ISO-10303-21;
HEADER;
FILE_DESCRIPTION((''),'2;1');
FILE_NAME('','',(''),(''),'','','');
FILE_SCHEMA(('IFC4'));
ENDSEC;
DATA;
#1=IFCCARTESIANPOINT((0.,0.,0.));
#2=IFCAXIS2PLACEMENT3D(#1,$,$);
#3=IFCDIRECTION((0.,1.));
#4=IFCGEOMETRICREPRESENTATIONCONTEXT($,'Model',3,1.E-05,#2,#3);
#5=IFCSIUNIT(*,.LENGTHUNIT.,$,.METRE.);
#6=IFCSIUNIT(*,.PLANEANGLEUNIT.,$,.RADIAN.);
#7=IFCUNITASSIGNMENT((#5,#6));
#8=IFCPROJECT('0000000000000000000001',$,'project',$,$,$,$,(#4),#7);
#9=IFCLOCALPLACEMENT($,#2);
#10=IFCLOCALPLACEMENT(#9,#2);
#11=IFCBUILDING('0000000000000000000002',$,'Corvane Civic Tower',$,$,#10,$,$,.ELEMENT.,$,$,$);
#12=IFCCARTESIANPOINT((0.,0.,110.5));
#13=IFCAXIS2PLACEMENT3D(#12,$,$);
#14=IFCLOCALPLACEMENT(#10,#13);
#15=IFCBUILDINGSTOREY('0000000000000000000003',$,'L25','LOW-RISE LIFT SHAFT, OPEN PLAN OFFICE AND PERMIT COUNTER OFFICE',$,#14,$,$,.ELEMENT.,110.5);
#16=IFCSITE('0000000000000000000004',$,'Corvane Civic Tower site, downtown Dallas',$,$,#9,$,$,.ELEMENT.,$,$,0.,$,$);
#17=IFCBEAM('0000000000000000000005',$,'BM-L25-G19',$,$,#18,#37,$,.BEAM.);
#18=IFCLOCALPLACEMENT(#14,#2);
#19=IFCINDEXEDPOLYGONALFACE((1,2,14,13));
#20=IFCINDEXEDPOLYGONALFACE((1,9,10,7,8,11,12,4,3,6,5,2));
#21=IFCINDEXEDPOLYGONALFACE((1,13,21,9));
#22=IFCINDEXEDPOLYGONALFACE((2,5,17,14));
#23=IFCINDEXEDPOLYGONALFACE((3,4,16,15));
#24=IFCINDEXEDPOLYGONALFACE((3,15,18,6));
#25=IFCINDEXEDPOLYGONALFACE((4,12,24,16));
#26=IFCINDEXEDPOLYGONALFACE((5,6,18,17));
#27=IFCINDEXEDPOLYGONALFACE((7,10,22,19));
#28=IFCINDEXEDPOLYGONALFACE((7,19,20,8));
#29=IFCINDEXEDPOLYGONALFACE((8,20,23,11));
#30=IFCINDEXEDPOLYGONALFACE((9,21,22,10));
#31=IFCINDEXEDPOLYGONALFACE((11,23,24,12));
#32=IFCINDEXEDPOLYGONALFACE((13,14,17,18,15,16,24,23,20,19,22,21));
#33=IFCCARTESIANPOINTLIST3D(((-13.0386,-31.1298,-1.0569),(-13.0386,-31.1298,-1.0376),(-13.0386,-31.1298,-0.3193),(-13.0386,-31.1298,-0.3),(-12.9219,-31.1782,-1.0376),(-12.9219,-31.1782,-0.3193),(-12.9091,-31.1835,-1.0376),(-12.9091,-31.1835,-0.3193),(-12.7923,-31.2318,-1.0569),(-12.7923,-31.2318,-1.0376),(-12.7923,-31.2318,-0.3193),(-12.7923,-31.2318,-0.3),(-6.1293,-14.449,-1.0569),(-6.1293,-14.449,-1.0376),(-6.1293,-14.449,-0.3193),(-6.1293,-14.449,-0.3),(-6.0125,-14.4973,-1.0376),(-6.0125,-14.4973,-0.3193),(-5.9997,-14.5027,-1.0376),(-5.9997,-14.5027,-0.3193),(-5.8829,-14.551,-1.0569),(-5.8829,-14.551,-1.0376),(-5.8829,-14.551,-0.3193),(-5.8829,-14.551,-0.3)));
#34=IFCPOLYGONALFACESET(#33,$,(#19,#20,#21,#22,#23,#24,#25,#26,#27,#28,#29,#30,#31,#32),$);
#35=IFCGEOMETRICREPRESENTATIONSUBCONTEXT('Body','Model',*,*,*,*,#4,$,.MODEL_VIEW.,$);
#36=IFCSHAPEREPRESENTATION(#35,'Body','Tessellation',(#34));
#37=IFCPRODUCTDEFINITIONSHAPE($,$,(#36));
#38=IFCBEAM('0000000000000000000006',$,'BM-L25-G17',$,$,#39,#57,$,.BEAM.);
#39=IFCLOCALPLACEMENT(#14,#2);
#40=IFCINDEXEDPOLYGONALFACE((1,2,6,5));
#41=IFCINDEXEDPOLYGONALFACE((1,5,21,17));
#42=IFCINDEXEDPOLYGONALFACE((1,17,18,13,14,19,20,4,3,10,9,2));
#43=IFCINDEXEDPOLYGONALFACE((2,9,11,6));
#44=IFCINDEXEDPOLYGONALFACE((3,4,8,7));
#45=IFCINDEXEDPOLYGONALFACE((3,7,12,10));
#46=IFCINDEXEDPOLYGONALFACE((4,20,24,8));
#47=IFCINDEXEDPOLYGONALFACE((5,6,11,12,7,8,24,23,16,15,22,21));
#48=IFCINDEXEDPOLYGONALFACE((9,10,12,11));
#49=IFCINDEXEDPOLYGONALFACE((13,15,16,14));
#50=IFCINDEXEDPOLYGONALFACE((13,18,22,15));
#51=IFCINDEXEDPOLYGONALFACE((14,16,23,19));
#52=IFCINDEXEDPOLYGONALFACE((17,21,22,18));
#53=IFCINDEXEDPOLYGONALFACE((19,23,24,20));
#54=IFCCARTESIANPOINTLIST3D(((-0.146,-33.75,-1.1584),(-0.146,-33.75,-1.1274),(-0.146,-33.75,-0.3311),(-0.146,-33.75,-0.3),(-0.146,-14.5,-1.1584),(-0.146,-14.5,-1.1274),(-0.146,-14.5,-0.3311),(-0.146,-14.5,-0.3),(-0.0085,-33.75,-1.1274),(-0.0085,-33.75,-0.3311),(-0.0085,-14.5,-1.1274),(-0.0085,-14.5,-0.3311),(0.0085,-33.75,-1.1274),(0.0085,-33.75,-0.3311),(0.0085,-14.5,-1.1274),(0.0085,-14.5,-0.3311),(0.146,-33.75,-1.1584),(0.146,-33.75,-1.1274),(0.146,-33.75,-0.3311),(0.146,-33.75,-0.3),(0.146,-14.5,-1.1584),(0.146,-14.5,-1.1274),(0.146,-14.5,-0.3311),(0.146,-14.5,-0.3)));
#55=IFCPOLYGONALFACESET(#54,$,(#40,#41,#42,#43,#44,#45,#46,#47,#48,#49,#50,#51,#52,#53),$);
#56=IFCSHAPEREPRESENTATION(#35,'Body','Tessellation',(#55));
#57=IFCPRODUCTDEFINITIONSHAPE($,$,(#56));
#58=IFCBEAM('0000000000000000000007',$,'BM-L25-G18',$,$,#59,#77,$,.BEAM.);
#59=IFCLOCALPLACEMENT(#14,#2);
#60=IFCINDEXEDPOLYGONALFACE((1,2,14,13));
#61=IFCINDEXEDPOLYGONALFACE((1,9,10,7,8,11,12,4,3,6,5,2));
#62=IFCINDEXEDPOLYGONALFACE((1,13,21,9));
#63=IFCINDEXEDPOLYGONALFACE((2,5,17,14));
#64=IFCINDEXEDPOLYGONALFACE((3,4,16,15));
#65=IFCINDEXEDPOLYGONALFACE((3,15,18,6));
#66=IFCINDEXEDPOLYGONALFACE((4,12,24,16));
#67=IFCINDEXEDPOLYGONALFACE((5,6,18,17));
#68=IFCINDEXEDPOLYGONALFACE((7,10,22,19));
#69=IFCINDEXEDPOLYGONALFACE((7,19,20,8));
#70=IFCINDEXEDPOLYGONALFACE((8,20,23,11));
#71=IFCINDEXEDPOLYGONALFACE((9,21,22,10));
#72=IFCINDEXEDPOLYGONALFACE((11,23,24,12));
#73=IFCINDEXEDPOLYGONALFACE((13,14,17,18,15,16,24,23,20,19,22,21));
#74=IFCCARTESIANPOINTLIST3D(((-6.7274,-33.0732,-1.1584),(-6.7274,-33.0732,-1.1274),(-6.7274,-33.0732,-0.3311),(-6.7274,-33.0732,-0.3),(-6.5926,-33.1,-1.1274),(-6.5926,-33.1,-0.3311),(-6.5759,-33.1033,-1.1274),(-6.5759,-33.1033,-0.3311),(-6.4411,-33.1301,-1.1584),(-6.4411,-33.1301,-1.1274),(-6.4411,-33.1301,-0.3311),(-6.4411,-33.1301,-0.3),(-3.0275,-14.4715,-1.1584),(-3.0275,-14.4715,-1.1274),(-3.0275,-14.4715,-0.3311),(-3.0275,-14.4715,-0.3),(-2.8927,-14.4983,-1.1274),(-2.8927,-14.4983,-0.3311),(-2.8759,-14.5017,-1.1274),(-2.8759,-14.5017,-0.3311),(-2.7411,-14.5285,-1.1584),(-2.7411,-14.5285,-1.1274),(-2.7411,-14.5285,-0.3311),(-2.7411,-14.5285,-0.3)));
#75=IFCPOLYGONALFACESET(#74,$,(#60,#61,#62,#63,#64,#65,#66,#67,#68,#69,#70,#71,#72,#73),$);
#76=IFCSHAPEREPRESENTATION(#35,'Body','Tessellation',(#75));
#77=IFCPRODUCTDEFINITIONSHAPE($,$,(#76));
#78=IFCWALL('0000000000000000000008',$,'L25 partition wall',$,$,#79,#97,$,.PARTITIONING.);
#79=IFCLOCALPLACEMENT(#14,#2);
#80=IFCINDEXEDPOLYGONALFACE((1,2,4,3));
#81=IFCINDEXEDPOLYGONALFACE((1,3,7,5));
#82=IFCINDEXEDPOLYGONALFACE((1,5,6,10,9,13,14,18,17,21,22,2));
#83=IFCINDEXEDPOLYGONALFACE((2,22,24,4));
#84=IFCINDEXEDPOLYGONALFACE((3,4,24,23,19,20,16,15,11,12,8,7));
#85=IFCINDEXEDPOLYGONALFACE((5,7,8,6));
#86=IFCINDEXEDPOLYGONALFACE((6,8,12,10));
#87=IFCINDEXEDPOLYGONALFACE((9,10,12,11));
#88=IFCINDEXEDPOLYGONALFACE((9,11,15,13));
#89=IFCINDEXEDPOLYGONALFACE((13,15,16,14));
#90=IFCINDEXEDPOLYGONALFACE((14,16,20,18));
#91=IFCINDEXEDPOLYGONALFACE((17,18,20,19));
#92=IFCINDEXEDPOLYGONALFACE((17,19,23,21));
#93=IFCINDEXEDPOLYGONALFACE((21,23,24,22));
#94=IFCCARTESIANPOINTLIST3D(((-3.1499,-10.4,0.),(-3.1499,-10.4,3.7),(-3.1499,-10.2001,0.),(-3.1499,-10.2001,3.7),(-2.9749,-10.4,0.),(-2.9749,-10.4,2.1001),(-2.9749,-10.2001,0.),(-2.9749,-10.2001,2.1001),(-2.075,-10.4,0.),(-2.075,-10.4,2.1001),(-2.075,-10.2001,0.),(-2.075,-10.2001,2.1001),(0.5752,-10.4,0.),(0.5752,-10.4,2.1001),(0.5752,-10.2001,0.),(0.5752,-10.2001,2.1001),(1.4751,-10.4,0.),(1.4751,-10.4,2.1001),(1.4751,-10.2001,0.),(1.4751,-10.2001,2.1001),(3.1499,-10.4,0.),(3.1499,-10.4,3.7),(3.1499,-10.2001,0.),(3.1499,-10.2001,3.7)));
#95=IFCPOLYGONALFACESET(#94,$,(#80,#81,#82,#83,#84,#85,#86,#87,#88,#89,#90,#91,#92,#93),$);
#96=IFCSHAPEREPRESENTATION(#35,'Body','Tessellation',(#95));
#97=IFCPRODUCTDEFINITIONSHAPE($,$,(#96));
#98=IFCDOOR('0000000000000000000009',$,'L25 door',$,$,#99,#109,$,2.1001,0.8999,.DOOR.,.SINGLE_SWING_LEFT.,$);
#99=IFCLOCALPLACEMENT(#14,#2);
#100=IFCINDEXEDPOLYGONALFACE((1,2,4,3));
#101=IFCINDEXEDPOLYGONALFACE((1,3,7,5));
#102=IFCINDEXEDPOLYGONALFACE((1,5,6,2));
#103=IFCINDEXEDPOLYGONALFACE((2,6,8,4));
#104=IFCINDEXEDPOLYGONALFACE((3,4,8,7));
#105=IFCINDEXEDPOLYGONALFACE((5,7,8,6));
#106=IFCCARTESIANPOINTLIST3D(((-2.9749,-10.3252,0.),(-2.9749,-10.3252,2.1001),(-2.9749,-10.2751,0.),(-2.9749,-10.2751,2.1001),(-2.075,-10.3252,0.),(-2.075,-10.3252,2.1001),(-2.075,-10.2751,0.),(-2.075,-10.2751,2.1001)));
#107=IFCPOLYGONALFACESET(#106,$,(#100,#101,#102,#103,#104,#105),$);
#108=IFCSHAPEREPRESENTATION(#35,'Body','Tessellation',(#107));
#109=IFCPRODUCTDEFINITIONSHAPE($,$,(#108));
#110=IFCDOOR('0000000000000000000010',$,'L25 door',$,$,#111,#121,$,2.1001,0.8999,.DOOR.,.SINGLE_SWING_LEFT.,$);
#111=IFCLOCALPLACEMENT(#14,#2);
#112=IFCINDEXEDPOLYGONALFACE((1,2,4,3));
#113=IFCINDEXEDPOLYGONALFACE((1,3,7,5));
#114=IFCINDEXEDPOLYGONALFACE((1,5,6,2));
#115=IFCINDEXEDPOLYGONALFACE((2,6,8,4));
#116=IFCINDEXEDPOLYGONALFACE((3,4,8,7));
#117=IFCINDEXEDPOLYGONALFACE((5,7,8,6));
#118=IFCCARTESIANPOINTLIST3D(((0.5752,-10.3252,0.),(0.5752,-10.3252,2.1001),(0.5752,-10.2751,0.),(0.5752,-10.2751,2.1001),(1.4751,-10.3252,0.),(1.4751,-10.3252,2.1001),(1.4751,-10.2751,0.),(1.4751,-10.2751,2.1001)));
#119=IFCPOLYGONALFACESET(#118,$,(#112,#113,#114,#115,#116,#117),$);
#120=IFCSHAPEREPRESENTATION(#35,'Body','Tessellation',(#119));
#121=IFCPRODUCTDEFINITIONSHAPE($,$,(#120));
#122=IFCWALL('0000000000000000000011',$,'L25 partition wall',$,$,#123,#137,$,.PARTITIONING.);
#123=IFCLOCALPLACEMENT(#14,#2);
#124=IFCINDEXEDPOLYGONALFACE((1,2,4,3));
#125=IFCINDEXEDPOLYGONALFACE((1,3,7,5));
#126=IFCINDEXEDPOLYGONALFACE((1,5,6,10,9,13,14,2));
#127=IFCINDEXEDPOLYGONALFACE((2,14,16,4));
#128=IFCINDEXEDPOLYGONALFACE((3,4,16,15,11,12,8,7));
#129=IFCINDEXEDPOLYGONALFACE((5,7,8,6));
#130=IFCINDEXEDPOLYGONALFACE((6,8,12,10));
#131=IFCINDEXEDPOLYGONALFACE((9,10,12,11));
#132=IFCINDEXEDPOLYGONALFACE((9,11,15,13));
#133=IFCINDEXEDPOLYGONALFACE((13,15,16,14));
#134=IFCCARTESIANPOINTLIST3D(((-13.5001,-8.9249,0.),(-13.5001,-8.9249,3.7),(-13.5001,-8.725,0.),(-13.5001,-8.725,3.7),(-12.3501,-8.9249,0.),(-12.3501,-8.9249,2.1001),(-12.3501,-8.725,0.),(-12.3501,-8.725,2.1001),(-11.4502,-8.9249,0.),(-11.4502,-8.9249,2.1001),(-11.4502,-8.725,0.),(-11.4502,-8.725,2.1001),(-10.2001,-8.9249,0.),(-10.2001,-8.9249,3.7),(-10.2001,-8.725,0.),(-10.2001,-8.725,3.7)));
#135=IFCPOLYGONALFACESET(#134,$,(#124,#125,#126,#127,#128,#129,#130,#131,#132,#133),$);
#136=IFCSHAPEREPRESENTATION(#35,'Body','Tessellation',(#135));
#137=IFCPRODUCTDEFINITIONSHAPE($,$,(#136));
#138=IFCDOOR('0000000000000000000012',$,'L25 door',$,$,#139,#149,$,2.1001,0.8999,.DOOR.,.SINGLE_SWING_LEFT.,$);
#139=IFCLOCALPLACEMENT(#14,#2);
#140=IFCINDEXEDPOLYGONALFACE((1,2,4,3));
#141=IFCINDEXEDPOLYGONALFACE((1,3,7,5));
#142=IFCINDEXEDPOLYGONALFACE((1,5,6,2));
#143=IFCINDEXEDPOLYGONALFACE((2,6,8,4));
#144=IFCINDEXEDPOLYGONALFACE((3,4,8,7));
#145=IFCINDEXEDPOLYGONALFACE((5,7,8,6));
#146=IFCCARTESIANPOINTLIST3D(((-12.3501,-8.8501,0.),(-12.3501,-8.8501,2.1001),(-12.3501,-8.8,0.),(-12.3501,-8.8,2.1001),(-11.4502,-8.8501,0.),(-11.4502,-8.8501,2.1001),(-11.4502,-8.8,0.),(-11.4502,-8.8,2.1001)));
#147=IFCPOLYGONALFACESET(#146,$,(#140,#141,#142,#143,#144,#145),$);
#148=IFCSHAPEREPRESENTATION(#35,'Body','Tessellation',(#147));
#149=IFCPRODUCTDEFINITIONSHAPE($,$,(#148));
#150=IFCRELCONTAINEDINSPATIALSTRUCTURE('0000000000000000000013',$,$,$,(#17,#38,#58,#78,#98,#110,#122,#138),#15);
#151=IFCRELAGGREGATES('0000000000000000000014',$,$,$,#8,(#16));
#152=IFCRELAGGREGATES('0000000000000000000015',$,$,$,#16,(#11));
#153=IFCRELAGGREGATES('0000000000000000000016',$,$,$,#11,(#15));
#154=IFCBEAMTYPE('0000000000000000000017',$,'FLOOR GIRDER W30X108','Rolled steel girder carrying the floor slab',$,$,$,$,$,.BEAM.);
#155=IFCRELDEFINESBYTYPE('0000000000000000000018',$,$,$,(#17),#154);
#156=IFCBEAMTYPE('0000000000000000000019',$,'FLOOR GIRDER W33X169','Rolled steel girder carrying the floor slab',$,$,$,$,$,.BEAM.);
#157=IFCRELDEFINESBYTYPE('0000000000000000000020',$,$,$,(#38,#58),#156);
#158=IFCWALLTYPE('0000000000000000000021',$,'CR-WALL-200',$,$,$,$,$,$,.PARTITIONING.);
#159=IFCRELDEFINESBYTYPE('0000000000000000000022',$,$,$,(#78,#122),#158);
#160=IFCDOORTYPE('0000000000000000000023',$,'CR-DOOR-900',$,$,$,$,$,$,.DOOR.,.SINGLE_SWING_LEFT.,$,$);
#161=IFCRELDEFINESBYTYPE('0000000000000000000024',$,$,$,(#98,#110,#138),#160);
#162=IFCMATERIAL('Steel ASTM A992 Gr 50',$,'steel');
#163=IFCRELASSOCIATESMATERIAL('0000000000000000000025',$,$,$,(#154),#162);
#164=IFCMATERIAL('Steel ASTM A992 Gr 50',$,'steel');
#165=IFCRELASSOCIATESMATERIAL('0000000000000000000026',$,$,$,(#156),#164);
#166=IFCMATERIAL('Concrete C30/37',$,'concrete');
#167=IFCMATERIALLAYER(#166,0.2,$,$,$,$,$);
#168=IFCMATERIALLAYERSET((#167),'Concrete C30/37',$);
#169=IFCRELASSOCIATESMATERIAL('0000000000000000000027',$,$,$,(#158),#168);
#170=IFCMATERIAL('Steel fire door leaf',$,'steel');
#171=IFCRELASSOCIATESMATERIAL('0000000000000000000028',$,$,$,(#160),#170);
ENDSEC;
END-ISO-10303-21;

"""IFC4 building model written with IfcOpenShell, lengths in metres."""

from ifc_helpers import new_model, si_unit, direction, frame, frame_2d, origin, origin_2d, place, context, subcontext, project, spatial, rectangle, i_section, extrude, material, layer, layer_set, material_profile, profile_set, type_object, element, fill, save


model = new_model("IFC4")

# Units and contexts
model_context = context("Model", 3, precision=1e-05, world=origin(), true_north=direction((0.0, 1.0)))
body_context = subcontext(model_context, "Body", "Model", "MODEL_VIEW")
ifc_project = project(units=[si_unit("LENGTHUNIT", "METRE"), si_unit("PLANEANGLEUNIT", "RADIAN")], contexts=[model_context])

# Site, building, storey
site_placement = place(None, origin())
site = spatial("IfcSite", under=ifc_project, at=site_placement, Name="Corvane Civic Tower site, downtown Dallas", CompositionType="ELEMENT", RefElevation=0.0)
building_placement = place(site_placement, origin())
building = spatial("IfcBuilding", under=site, at=building_placement, Name="Corvane Civic Tower", CompositionType="ELEMENT")
storey_placement = place(building_placement, frame((0.0, 0.0, 110.5)))
storey = spatial("IfcBuildingStorey", under=building, at=storey_placement, Name="L25", Description="LOW-RISE LIFT SHAFT, OPEN PLAN OFFICE AND PERMIT COUNTER OFFICE", CompositionType="ELEMENT", Elevation=110.5)

# Beams
ifc_material_1 = material(Name="Steel ASTM A992 Gr 50", Category="steel")
ifc_material_profile_1 = material_profile(ifc_material_1, i_section(OverallWidth=0.2666, OverallDepth=0.7568, WebThickness=0.0139, FlangeThickness=0.0193, at=origin_2d()), Name="W30X108")
ifc_profile_set_1 = profile_set([ifc_material_profile_1], Name="Steel ASTM A992 Gr 50")
beam_type_1 = type_object("IfcBeamType", Name="FLOOR GIRDER W30X108", Description="Rolled steel girder carrying the floor slab", PredefinedType="BEAM", material=ifc_profile_set_1)
beam_1_placement = place(storey_placement, frame((-6.0061, -14.5, -0.6785), z_axis=(-0.382682, -0.92388, 0.0), x_axis=(0.92388, -0.382682, 0.0)))
element("IfcBeam", 1, at=beam_1_placement, inside=storey, type_object=beam_type_1, Name="BM-L25-G19", PredefinedType="BEAM", context=body_context, shape_type="SweptSolid", body=[
    extrude(i_section(OverallWidth=0.2666, OverallDepth=0.7568, WebThickness=0.0139, FlangeThickness=0.0193, at=origin_2d()), origin(), (0.0, 0.0, 1.0), 18.0552),
])
ifc_material_2 = material(Name="Steel ASTM A992 Gr 50", Category="steel")
ifc_material_profile_2 = material_profile(ifc_material_2, i_section(OverallWidth=0.292, OverallDepth=0.8584, WebThickness=0.0171, FlangeThickness=0.031, at=origin_2d()), Name="W33X169")
ifc_profile_set_2 = profile_set([ifc_material_profile_2], Name="Steel ASTM A992 Gr 50")
beam_type_2 = type_object("IfcBeamType", Name="FLOOR GIRDER W33X169", Description="Rolled steel girder carrying the floor slab", PredefinedType="BEAM", material=ifc_profile_set_2)
beam_2_placement = place(storey_placement, frame((0.0, -14.5, -0.7292), z_axis=(0.0, -1.0, 0.0), x_axis=(1.0, 0.0, 0.0)))
element("IfcBeam", 2, at=beam_2_placement, inside=storey, type_object=beam_type_2, Name="BM-L25-G17", PredefinedType="BEAM", context=body_context, shape_type="SweptSolid", body=[
    extrude(i_section(OverallWidth=0.292, OverallDepth=0.8584, WebThickness=0.0171, FlangeThickness=0.031, at=origin_2d()), origin(), (0.0, 0.0, 1.0), 19.25),
])
beam_3_placement = place(storey_placement, frame((-2.8843, -14.5, -0.7292), z_axis=(-0.195084, -0.980787, 0.0), x_axis=(0.980787, -0.195084, 0.0)))
element("IfcBeam", 3, at=beam_3_placement, inside=storey, type_object=beam_type_2, Name="BM-L25-G18", PredefinedType="BEAM", context=body_context, shape_type="SweptSolid", body=[
    extrude(i_section(OverallWidth=0.292, OverallDepth=0.8584, WebThickness=0.0171, FlangeThickness=0.031, at=origin_2d()), origin(), (0.0, 0.0, 1.0), 18.9661),
])

# Wall, openings, doors
ifc_material_3 = material(Name="Concrete C30/37", Category="concrete")
ifc_layer = layer(ifc_material_3, 0.2)
ifc_layer_set = layer_set([ifc_layer], Name="Concrete C30/37")
wall_type = type_object("IfcWallType", Name="CR-WALL-200", PredefinedType="PARTITIONING", material=ifc_layer_set)
wall_1_placement = place(storey_placement, frame((-3.1499, -10.3, 0.0), z_axis=(0.0, 0.0, 1.0), x_axis=(1.0, 0.0, 0.0)))
wall_1 = element("IfcWall", 4, at=wall_1_placement, inside=storey, type_object=wall_type, Name="L25 partition wall", PredefinedType="PARTITIONING", context=body_context, shape_type="SweptSolid", body=[
    extrude(rectangle(XDim=6.2998, YDim=0.2, at=frame_2d((3.1499, 0.0))), origin(), (0.0, 0.0, 1.0), 3.7),
])
opening_1_placement = place(wall_1_placement, frame((0.175, 0.0, 0.0)))
opening_1 = element("IfcOpeningElement", 5, at=opening_1_placement, cuts=wall_1, PredefinedType="OPENING", context=body_context, shape_type="SweptSolid", body=[
    extrude(rectangle(XDim=0.8999, YDim=2.1001, at=frame_2d((0.45, 1.05))), frame((0.0, 0.1099, 0.0), z_axis=(0.0, -1.0, 0.0), x_axis=(1.0, 0.0, 0.0)), (0.0, 0.0, 1.0), 0.22),
])
opening_2_placement = place(wall_1_placement, frame((3.7251, 0.0, 0.0)))
opening_2 = element("IfcOpeningElement", 6, at=opening_2_placement, cuts=wall_1, PredefinedType="OPENING", context=body_context, shape_type="SweptSolid", body=[
    extrude(rectangle(XDim=0.8999, YDim=2.1001, at=frame_2d((0.45, 1.05))), frame((0.0, 0.1099, 0.0), z_axis=(0.0, -1.0, 0.0), x_axis=(1.0, 0.0, 0.0)), (0.0, 0.0, 1.0), 0.22),
])
ifc_material_4 = material(Name="Steel fire door leaf", Category="steel")
door_type = type_object("IfcDoorType", Name="CR-DOOR-900", OperationType="SINGLE_SWING_LEFT", PredefinedType="DOOR", material=ifc_material_4)
door_1_placement = place(opening_1_placement, origin())
door_1 = element("IfcDoor", 7, at=door_1_placement, inside=storey, type_object=door_type, Name="L25 door", OperationType="SINGLE_SWING_LEFT", OverallHeight=2.1001, OverallWidth=0.8999, PredefinedType="DOOR", context=body_context, shape_type="SweptSolid", body=[
    extrude(rectangle(XDim=0.8999, YDim=2.1001, at=frame_2d((0.45, 1.05))), frame((0.0, 0.0249, 0.0), z_axis=(0.0, -1.0, 0.0), x_axis=(1.0, 0.0, 0.0)), (0.0, 0.0, 1.0), 0.05),
])
fill(opening_1, door_1)
door_2_placement = place(opening_2_placement, origin())
door_2 = element("IfcDoor", 8, at=door_2_placement, inside=storey, type_object=door_type, Name="L25 door", OperationType="SINGLE_SWING_LEFT", OverallHeight=2.1001, OverallWidth=0.8999, PredefinedType="DOOR", context=body_context, shape_type="SweptSolid", body=[
    extrude(rectangle(XDim=0.8999, YDim=2.1001, at=frame_2d((0.45, 1.05))), frame((0.0, 0.0249, 0.0), z_axis=(0.0, -1.0, 0.0), x_axis=(1.0, 0.0, 0.0)), (0.0, 0.0, 1.0), 0.05),
])
fill(opening_2, door_2)

# Wall, opening, door
wall_2_placement = place(storey_placement, frame((-13.5, -8.825, 0.0), z_axis=(0.0, 0.0, 1.0), x_axis=(1.0, 0.0, 0.0)))
wall_2 = element("IfcWall", 9, at=wall_2_placement, inside=storey, type_object=wall_type, Name="L25 partition wall", PredefinedType="PARTITIONING", context=body_context, shape_type="SweptSolid", body=[
    extrude(rectangle(XDim=3.3, YDim=0.2, at=frame_2d((1.6499, 0.0))), origin(), (0.0, 0.0, 1.0), 3.7),
])
opening_3_placement = place(wall_2_placement, frame((1.1499, 0.0, 0.0)))
opening_3 = element("IfcOpeningElement", 10, at=opening_3_placement, cuts=wall_2, PredefinedType="OPENING", context=body_context, shape_type="SweptSolid", body=[
    extrude(rectangle(XDim=0.8999, YDim=2.1001, at=frame_2d((0.45, 1.05))), frame((0.0, 0.1099, 0.0), z_axis=(0.0, -1.0, 0.0), x_axis=(1.0, 0.0, 0.0)), (0.0, 0.0, 1.0), 0.22),
])
door_3_placement = place(opening_3_placement, origin())
door_3 = element("IfcDoor", 11, at=door_3_placement, inside=storey, type_object=door_type, Name="L25 door", OperationType="SINGLE_SWING_LEFT", OverallHeight=2.1001, OverallWidth=0.8999, PredefinedType="DOOR", context=body_context, shape_type="SweptSolid", body=[
    extrude(rectangle(XDim=0.8999, YDim=2.1001, at=frame_2d((0.45, 1.05))), frame((0.0, 0.0249, 0.0), z_axis=(0.0, -1.0, 0.0), x_axis=(1.0, 0.0, 0.0)), (0.0, 0.0, 1.0), 0.05),
])
fill(opening_3, door_3)

save(model, "model.ifc")
